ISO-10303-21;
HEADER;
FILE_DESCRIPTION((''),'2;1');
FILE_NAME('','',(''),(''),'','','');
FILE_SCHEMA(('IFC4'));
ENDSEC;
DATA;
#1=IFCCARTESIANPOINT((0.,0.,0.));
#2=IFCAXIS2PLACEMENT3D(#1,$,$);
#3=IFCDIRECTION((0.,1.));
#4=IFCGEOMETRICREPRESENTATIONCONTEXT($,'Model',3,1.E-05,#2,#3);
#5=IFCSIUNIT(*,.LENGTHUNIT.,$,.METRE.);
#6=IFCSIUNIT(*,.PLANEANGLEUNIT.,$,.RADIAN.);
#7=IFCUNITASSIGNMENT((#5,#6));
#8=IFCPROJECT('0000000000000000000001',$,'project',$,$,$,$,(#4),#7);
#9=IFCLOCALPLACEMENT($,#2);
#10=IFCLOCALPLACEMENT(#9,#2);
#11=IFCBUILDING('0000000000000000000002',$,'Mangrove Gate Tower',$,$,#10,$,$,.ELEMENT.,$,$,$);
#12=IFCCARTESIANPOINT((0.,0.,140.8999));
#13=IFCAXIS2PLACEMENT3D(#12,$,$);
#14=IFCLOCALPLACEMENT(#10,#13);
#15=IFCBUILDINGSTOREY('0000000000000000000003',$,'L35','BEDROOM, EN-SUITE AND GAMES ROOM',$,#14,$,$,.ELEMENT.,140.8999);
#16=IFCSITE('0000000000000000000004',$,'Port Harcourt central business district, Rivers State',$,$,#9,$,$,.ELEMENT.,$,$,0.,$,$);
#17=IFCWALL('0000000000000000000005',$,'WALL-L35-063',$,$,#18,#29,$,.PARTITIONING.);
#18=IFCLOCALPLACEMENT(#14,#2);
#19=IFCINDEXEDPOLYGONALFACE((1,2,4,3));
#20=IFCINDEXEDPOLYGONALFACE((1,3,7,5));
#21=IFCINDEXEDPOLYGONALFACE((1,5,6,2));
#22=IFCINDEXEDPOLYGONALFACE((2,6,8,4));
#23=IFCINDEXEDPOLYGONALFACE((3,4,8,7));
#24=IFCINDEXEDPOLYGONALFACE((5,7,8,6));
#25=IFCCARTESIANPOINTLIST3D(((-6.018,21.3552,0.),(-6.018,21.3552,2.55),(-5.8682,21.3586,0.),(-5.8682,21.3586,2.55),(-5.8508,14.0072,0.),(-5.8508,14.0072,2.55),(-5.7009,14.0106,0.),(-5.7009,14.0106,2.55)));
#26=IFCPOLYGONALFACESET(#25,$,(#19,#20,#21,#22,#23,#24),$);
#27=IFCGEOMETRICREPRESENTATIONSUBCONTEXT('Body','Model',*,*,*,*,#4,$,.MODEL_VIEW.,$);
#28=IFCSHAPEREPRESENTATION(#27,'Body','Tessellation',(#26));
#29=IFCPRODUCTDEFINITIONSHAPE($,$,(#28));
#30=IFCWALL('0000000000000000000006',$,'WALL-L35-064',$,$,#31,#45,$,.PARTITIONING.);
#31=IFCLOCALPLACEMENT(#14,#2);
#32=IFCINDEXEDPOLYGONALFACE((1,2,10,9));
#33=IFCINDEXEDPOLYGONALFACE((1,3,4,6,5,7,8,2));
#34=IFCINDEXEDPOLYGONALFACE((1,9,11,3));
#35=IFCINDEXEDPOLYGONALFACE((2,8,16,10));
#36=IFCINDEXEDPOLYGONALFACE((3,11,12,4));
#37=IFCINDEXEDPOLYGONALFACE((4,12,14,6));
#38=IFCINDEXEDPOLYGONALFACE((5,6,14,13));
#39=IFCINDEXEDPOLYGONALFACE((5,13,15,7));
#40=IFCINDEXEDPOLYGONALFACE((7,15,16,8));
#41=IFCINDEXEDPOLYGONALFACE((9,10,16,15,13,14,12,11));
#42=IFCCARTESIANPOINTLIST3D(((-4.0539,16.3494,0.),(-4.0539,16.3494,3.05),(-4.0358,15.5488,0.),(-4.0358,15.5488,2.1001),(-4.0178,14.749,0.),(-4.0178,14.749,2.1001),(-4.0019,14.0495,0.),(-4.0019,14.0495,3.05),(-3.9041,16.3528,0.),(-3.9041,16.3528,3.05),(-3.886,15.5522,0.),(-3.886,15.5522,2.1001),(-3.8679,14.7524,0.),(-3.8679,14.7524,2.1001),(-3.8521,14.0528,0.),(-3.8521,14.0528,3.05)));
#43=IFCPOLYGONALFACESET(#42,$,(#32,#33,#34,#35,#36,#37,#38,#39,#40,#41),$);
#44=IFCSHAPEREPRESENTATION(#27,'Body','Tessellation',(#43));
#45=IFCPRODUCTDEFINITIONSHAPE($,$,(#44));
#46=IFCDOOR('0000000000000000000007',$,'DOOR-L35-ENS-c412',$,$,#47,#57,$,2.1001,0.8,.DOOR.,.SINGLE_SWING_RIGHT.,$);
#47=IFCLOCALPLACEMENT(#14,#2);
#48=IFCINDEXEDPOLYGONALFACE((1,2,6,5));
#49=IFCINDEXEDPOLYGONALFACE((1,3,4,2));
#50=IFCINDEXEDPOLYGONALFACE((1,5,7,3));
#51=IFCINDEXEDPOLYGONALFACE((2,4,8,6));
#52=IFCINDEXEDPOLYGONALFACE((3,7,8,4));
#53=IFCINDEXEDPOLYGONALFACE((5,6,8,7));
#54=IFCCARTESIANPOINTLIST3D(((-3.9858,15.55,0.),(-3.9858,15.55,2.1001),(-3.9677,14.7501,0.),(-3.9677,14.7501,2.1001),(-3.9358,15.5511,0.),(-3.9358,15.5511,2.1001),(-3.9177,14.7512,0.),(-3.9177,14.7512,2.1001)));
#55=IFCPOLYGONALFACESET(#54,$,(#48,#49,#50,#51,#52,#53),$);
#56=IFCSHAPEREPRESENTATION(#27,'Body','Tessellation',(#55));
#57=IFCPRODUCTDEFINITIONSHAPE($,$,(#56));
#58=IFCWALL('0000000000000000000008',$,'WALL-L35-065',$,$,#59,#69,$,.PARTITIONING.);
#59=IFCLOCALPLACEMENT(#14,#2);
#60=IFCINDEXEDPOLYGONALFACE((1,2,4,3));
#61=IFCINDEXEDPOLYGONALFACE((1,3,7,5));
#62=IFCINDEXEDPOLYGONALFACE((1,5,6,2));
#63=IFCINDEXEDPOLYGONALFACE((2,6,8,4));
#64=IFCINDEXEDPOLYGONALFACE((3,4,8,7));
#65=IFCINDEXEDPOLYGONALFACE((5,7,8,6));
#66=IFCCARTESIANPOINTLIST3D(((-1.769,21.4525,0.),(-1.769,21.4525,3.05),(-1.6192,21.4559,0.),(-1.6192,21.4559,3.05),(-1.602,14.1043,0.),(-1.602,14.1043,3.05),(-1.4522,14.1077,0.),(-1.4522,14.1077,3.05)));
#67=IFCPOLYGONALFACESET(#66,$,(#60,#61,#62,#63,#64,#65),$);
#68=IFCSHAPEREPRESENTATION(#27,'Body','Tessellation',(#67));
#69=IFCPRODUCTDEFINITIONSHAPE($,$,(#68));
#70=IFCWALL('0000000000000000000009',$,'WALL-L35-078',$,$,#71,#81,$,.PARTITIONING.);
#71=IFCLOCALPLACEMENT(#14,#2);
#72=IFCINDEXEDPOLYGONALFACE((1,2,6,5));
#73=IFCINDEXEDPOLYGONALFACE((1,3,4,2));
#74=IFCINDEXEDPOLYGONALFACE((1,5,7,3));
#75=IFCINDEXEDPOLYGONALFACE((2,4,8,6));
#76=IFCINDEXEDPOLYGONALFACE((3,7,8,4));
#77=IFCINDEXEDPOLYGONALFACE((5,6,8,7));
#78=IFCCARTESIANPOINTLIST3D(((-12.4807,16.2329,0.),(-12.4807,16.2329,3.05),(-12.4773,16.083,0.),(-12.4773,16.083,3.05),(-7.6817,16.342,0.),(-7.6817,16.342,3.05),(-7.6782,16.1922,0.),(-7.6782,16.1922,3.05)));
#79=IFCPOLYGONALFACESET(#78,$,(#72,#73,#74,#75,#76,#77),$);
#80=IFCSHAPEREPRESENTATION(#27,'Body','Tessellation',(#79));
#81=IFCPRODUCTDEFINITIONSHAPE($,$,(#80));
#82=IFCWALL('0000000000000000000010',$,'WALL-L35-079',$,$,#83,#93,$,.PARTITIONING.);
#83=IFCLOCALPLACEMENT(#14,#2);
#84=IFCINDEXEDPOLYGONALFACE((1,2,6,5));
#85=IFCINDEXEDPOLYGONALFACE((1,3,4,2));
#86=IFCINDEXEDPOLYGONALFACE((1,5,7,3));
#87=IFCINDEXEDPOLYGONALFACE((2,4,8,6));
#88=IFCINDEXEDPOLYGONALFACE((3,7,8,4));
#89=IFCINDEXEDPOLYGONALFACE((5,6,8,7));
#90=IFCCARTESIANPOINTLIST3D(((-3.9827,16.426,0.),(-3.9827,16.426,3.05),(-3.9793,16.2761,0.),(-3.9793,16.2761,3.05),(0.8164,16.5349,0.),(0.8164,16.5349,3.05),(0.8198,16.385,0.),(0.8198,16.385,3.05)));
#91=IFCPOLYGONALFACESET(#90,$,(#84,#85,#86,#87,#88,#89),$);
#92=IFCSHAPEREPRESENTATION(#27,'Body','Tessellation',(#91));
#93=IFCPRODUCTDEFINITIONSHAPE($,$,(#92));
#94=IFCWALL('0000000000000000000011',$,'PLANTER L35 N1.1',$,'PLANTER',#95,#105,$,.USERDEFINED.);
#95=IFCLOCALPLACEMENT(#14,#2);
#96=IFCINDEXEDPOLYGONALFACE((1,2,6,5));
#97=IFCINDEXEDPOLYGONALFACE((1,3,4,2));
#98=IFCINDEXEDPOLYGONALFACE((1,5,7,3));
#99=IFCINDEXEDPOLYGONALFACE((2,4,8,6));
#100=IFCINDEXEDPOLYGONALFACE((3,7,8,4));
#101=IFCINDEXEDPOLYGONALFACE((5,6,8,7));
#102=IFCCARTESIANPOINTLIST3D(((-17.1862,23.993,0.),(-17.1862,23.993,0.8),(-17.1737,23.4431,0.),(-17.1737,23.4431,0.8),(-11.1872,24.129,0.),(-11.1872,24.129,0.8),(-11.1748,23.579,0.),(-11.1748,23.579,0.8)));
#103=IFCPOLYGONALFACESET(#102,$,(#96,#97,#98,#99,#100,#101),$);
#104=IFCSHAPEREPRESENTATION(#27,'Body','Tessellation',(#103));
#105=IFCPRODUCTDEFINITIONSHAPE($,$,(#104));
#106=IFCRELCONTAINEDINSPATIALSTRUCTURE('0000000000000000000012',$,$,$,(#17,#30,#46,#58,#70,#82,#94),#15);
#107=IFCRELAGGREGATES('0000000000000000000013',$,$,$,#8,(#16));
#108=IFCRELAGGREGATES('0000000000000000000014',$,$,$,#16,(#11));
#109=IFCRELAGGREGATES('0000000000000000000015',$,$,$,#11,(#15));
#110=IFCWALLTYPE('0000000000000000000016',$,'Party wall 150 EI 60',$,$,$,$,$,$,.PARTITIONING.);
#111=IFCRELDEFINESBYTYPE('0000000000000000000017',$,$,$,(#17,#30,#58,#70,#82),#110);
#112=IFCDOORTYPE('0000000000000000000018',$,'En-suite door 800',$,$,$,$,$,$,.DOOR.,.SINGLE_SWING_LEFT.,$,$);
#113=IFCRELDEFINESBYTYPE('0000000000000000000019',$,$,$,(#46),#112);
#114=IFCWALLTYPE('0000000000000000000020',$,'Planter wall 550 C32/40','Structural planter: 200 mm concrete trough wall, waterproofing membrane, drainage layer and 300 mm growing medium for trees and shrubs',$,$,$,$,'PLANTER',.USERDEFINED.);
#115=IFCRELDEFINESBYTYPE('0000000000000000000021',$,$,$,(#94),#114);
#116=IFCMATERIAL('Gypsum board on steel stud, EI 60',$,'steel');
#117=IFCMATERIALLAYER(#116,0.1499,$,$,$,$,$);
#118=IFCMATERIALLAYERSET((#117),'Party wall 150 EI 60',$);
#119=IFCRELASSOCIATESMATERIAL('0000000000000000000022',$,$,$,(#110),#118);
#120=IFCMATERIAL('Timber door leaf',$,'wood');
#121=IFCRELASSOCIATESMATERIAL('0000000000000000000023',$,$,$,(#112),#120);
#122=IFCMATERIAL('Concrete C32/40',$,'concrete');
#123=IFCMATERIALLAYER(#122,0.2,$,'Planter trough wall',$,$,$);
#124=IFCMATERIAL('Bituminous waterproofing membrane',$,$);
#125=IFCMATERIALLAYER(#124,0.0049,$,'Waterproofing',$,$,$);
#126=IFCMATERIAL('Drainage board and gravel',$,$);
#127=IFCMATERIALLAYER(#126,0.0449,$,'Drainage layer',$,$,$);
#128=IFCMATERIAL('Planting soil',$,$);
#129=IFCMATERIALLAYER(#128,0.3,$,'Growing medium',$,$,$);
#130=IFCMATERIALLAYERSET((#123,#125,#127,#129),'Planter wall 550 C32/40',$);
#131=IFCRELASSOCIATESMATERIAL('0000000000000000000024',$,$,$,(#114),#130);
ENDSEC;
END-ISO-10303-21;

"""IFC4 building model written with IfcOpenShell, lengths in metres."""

from ifc_helpers import new_model, si_unit, direction, frame, frame_2d, origin, place, context, subcontext, project, spatial, rectangle, extrude, material, layer, layer_set, type_object, element, fill, save


model = new_model("IFC4")

# Units and contexts
model_context = context("Model", 3, precision=1e-05, world=origin(), true_north=direction((0.0, 1.0)))
body_context = subcontext(model_context, "Body", "Model", "MODEL_VIEW")
ifc_project = project(units=[si_unit("LENGTHUNIT", "METRE"), si_unit("PLANEANGLEUNIT", "RADIAN")], contexts=[model_context])

# Site, building, storey
site_placement = place(None, origin())
site = spatial("IfcSite", under=ifc_project, at=site_placement, Name="Port Harcourt central business district, Rivers State", CompositionType="ELEMENT", RefElevation=0.0)
building_placement = place(site_placement, origin())
building = spatial("IfcBuilding", under=site, at=building_placement, Name="Mangrove Gate Tower", CompositionType="ELEMENT")
storey_placement = place(building_placement, frame((0.0, 0.0, 140.8999)))
storey = spatial("IfcBuildingStorey", under=building, at=storey_placement, Name="L35", Description="BEDROOM, EN-SUITE AND GAMES ROOM", CompositionType="ELEMENT", Elevation=140.8999)

# Shared definitions
ifc_material_1 = material(Name="Gypsum board on steel stud, EI 60", Category="steel")
ifc_layer_1 = layer(ifc_material_1, 0.1499)
ifc_layer_set_1 = layer_set([ifc_layer_1], Name="Party wall 150 EI 60")
wall_type_1 = type_object("IfcWallType", Name="Party wall 150 EI 60", PredefinedType="PARTITIONING", material=ifc_layer_set_1)

# Shared definitions
ifc_material_2 = material(Name="Timber door leaf", Category="wood")
door_type = type_object("IfcDoorType", Name="En-suite door 800", OperationType="SINGLE_SWING_LEFT", PredefinedType="DOOR", material=ifc_material_2)

# Wall
wall_1_placement = place(storey_placement, frame((-5.7759, 14.009, 0.0), z_axis=(0.0, 0.0, 1.0), x_axis=(-0.022754, 0.999741, 0.0)))
element("IfcWall", 1, at=wall_1_placement, inside=storey, type_object=wall_type_1, Name="WALL-L35-063", PredefinedType="PARTITIONING", context=body_context, shape_type="SweptSolid", body=[
    extrude(rectangle(XDim=7.3499, YDim=0.1499, at=frame_2d((3.6748, 0.0))), origin(), (0.0, 0.0, 1.0), 2.55),
])

# Wall, opening, door
wall_2_placement = place(storey_placement, frame((-3.927, 14.051, 0.0), z_axis=(0.0, 0.0, 1.0), x_axis=(-0.022603, 0.999745, 0.0)))
wall_2 = element("IfcWall", 2, at=wall_2_placement, inside=storey, type_object=wall_type_1, Name="WALL-L35-064", PredefinedType="PARTITIONING", context=body_context, shape_type="SweptSolid", body=[
    extrude(rectangle(XDim=2.3005, YDim=0.1499, at=frame_2d((1.1504, 0.0))), origin(), (0.0, 0.0, 1.0), 3.05),
])
opening_1_placement = place(wall_2_placement, frame((0.7, 0.0, 0.0)))
opening_1 = element("IfcOpeningElement", 3, at=opening_1_placement, cuts=wall_2, PredefinedType="OPENING", context=body_context, shape_type="SweptSolid", body=[
    extrude(rectangle(XDim=0.8, YDim=2.1001, at=frame_2d((0.3999, 1.05))), frame((0.0, 0.085, 0.0), z_axis=(0.0, -1.0, 0.0), x_axis=(1.0, 0.0, 0.0)), (0.0, 0.0, 1.0), 0.1699),
])
door_1_placement = place(opening_1_placement, origin())
door_1 = element("IfcDoor", 4, at=door_1_placement, inside=storey, type_object=door_type, Name="DOOR-L35-ENS-c412", OperationType="SINGLE_SWING_RIGHT", OverallHeight=2.1001, OverallWidth=0.8, PredefinedType="DOOR", context=body_context, shape_type="SweptSolid", body=[
    extrude(rectangle(XDim=0.8, YDim=2.1001, at=frame_2d((0.3999, 1.05))), frame((0.0, 0.0249, 0.0), z_axis=(0.0, -1.0, 0.0), x_axis=(1.0, 0.0, 0.0)), (0.0, 0.0, 1.0), 0.05),
])
fill(opening_1, door_1)

# Walls
wall_3_placement = place(storey_placement, frame((-1.5271, 14.106, 0.0), z_axis=(0.0, 0.0, 1.0), x_axis=(-0.02272, 0.999742, 0.0)))
element("IfcWall", 5, at=wall_3_placement, inside=storey, type_object=wall_type_1, Name="WALL-L35-065", PredefinedType="PARTITIONING", context=body_context, shape_type="SweptSolid", body=[
    extrude(rectangle(XDim=7.3501, YDim=0.1499, at=frame_2d((3.675, 0.0))), origin(), (0.0, 0.0, 1.0), 3.05),
])
for number, where, z_axis, x_axis, name in (
    (6, (-12.479, 16.158, 0.0), (0.0, 0.0, 1.0), (0.999742, 0.022734, 0.0), "WALL-L35-078"),
    (7, (-3.981, 16.3511, 0.0), (0.0, 0.0, 1.0), (0.999743, 0.022683, 0.0), "WALL-L35-079"),
):
    element("IfcWall", number, at=place(storey_placement, frame(where, z_axis=z_axis, x_axis=x_axis)), inside=storey, type_object=wall_type_1, Name=name, PredefinedType="PARTITIONING", context=body_context, shape_type="SweptSolid", body=[
        extrude(rectangle(XDim=4.8003, YDim=0.1499, at=frame_2d((2.4001, 0.0))), origin(), (0.0, 0.0, 1.0), 3.05),
    ])
ifc_material_3 = material(Name="Concrete C32/40", Category="concrete")
ifc_layer_2 = layer(ifc_material_3, 0.2, Name="Planter trough wall")
ifc_material_4 = material(Name="Bituminous waterproofing membrane")
ifc_layer_3 = layer(ifc_material_4, 0.0049, Name="Waterproofing")
ifc_material_5 = material(Name="Drainage board and gravel")
ifc_layer_4 = layer(ifc_material_5, 0.0449, Name="Drainage layer")
ifc_material_6 = material(Name="Planting soil")
ifc_layer_5 = layer(ifc_material_6, 0.3, Name="Growing medium")
ifc_layer_set_2 = layer_set([ifc_layer_2, ifc_layer_3, ifc_layer_4, ifc_layer_5], Name="Planter wall 550 C32/40")
wall_type_2 = type_object("IfcWallType", Name="Planter wall 550 C32/40", Description="Structural planter: 200 mm concrete trough wall, waterproofing membrane, drainage layer and 300 mm growing medium for trees and shrubs", ElementType="PLANTER", PredefinedType="USERDEFINED", material=ifc_layer_set_2)
wall_4_placement = place(storey_placement, frame((-17.1799, 23.718, 0.0), z_axis=(0.0, 0.0, 1.0), x_axis=(0.999743, 0.022662, 0.0)))
element("IfcWall", 8, at=wall_4_placement, inside=storey, type_object=wall_type_2, Name="PLANTER L35 N1.1", ObjectType="PLANTER", PredefinedType="USERDEFINED", context=body_context, shape_type="SweptSolid", body=[
    extrude(rectangle(XDim=6.0005, YDim=0.55, at=frame_2d((3.0002, 0.0))), origin(), (0.0, 0.0, 1.0), 0.8),
])

save(model, "model.ifc")
